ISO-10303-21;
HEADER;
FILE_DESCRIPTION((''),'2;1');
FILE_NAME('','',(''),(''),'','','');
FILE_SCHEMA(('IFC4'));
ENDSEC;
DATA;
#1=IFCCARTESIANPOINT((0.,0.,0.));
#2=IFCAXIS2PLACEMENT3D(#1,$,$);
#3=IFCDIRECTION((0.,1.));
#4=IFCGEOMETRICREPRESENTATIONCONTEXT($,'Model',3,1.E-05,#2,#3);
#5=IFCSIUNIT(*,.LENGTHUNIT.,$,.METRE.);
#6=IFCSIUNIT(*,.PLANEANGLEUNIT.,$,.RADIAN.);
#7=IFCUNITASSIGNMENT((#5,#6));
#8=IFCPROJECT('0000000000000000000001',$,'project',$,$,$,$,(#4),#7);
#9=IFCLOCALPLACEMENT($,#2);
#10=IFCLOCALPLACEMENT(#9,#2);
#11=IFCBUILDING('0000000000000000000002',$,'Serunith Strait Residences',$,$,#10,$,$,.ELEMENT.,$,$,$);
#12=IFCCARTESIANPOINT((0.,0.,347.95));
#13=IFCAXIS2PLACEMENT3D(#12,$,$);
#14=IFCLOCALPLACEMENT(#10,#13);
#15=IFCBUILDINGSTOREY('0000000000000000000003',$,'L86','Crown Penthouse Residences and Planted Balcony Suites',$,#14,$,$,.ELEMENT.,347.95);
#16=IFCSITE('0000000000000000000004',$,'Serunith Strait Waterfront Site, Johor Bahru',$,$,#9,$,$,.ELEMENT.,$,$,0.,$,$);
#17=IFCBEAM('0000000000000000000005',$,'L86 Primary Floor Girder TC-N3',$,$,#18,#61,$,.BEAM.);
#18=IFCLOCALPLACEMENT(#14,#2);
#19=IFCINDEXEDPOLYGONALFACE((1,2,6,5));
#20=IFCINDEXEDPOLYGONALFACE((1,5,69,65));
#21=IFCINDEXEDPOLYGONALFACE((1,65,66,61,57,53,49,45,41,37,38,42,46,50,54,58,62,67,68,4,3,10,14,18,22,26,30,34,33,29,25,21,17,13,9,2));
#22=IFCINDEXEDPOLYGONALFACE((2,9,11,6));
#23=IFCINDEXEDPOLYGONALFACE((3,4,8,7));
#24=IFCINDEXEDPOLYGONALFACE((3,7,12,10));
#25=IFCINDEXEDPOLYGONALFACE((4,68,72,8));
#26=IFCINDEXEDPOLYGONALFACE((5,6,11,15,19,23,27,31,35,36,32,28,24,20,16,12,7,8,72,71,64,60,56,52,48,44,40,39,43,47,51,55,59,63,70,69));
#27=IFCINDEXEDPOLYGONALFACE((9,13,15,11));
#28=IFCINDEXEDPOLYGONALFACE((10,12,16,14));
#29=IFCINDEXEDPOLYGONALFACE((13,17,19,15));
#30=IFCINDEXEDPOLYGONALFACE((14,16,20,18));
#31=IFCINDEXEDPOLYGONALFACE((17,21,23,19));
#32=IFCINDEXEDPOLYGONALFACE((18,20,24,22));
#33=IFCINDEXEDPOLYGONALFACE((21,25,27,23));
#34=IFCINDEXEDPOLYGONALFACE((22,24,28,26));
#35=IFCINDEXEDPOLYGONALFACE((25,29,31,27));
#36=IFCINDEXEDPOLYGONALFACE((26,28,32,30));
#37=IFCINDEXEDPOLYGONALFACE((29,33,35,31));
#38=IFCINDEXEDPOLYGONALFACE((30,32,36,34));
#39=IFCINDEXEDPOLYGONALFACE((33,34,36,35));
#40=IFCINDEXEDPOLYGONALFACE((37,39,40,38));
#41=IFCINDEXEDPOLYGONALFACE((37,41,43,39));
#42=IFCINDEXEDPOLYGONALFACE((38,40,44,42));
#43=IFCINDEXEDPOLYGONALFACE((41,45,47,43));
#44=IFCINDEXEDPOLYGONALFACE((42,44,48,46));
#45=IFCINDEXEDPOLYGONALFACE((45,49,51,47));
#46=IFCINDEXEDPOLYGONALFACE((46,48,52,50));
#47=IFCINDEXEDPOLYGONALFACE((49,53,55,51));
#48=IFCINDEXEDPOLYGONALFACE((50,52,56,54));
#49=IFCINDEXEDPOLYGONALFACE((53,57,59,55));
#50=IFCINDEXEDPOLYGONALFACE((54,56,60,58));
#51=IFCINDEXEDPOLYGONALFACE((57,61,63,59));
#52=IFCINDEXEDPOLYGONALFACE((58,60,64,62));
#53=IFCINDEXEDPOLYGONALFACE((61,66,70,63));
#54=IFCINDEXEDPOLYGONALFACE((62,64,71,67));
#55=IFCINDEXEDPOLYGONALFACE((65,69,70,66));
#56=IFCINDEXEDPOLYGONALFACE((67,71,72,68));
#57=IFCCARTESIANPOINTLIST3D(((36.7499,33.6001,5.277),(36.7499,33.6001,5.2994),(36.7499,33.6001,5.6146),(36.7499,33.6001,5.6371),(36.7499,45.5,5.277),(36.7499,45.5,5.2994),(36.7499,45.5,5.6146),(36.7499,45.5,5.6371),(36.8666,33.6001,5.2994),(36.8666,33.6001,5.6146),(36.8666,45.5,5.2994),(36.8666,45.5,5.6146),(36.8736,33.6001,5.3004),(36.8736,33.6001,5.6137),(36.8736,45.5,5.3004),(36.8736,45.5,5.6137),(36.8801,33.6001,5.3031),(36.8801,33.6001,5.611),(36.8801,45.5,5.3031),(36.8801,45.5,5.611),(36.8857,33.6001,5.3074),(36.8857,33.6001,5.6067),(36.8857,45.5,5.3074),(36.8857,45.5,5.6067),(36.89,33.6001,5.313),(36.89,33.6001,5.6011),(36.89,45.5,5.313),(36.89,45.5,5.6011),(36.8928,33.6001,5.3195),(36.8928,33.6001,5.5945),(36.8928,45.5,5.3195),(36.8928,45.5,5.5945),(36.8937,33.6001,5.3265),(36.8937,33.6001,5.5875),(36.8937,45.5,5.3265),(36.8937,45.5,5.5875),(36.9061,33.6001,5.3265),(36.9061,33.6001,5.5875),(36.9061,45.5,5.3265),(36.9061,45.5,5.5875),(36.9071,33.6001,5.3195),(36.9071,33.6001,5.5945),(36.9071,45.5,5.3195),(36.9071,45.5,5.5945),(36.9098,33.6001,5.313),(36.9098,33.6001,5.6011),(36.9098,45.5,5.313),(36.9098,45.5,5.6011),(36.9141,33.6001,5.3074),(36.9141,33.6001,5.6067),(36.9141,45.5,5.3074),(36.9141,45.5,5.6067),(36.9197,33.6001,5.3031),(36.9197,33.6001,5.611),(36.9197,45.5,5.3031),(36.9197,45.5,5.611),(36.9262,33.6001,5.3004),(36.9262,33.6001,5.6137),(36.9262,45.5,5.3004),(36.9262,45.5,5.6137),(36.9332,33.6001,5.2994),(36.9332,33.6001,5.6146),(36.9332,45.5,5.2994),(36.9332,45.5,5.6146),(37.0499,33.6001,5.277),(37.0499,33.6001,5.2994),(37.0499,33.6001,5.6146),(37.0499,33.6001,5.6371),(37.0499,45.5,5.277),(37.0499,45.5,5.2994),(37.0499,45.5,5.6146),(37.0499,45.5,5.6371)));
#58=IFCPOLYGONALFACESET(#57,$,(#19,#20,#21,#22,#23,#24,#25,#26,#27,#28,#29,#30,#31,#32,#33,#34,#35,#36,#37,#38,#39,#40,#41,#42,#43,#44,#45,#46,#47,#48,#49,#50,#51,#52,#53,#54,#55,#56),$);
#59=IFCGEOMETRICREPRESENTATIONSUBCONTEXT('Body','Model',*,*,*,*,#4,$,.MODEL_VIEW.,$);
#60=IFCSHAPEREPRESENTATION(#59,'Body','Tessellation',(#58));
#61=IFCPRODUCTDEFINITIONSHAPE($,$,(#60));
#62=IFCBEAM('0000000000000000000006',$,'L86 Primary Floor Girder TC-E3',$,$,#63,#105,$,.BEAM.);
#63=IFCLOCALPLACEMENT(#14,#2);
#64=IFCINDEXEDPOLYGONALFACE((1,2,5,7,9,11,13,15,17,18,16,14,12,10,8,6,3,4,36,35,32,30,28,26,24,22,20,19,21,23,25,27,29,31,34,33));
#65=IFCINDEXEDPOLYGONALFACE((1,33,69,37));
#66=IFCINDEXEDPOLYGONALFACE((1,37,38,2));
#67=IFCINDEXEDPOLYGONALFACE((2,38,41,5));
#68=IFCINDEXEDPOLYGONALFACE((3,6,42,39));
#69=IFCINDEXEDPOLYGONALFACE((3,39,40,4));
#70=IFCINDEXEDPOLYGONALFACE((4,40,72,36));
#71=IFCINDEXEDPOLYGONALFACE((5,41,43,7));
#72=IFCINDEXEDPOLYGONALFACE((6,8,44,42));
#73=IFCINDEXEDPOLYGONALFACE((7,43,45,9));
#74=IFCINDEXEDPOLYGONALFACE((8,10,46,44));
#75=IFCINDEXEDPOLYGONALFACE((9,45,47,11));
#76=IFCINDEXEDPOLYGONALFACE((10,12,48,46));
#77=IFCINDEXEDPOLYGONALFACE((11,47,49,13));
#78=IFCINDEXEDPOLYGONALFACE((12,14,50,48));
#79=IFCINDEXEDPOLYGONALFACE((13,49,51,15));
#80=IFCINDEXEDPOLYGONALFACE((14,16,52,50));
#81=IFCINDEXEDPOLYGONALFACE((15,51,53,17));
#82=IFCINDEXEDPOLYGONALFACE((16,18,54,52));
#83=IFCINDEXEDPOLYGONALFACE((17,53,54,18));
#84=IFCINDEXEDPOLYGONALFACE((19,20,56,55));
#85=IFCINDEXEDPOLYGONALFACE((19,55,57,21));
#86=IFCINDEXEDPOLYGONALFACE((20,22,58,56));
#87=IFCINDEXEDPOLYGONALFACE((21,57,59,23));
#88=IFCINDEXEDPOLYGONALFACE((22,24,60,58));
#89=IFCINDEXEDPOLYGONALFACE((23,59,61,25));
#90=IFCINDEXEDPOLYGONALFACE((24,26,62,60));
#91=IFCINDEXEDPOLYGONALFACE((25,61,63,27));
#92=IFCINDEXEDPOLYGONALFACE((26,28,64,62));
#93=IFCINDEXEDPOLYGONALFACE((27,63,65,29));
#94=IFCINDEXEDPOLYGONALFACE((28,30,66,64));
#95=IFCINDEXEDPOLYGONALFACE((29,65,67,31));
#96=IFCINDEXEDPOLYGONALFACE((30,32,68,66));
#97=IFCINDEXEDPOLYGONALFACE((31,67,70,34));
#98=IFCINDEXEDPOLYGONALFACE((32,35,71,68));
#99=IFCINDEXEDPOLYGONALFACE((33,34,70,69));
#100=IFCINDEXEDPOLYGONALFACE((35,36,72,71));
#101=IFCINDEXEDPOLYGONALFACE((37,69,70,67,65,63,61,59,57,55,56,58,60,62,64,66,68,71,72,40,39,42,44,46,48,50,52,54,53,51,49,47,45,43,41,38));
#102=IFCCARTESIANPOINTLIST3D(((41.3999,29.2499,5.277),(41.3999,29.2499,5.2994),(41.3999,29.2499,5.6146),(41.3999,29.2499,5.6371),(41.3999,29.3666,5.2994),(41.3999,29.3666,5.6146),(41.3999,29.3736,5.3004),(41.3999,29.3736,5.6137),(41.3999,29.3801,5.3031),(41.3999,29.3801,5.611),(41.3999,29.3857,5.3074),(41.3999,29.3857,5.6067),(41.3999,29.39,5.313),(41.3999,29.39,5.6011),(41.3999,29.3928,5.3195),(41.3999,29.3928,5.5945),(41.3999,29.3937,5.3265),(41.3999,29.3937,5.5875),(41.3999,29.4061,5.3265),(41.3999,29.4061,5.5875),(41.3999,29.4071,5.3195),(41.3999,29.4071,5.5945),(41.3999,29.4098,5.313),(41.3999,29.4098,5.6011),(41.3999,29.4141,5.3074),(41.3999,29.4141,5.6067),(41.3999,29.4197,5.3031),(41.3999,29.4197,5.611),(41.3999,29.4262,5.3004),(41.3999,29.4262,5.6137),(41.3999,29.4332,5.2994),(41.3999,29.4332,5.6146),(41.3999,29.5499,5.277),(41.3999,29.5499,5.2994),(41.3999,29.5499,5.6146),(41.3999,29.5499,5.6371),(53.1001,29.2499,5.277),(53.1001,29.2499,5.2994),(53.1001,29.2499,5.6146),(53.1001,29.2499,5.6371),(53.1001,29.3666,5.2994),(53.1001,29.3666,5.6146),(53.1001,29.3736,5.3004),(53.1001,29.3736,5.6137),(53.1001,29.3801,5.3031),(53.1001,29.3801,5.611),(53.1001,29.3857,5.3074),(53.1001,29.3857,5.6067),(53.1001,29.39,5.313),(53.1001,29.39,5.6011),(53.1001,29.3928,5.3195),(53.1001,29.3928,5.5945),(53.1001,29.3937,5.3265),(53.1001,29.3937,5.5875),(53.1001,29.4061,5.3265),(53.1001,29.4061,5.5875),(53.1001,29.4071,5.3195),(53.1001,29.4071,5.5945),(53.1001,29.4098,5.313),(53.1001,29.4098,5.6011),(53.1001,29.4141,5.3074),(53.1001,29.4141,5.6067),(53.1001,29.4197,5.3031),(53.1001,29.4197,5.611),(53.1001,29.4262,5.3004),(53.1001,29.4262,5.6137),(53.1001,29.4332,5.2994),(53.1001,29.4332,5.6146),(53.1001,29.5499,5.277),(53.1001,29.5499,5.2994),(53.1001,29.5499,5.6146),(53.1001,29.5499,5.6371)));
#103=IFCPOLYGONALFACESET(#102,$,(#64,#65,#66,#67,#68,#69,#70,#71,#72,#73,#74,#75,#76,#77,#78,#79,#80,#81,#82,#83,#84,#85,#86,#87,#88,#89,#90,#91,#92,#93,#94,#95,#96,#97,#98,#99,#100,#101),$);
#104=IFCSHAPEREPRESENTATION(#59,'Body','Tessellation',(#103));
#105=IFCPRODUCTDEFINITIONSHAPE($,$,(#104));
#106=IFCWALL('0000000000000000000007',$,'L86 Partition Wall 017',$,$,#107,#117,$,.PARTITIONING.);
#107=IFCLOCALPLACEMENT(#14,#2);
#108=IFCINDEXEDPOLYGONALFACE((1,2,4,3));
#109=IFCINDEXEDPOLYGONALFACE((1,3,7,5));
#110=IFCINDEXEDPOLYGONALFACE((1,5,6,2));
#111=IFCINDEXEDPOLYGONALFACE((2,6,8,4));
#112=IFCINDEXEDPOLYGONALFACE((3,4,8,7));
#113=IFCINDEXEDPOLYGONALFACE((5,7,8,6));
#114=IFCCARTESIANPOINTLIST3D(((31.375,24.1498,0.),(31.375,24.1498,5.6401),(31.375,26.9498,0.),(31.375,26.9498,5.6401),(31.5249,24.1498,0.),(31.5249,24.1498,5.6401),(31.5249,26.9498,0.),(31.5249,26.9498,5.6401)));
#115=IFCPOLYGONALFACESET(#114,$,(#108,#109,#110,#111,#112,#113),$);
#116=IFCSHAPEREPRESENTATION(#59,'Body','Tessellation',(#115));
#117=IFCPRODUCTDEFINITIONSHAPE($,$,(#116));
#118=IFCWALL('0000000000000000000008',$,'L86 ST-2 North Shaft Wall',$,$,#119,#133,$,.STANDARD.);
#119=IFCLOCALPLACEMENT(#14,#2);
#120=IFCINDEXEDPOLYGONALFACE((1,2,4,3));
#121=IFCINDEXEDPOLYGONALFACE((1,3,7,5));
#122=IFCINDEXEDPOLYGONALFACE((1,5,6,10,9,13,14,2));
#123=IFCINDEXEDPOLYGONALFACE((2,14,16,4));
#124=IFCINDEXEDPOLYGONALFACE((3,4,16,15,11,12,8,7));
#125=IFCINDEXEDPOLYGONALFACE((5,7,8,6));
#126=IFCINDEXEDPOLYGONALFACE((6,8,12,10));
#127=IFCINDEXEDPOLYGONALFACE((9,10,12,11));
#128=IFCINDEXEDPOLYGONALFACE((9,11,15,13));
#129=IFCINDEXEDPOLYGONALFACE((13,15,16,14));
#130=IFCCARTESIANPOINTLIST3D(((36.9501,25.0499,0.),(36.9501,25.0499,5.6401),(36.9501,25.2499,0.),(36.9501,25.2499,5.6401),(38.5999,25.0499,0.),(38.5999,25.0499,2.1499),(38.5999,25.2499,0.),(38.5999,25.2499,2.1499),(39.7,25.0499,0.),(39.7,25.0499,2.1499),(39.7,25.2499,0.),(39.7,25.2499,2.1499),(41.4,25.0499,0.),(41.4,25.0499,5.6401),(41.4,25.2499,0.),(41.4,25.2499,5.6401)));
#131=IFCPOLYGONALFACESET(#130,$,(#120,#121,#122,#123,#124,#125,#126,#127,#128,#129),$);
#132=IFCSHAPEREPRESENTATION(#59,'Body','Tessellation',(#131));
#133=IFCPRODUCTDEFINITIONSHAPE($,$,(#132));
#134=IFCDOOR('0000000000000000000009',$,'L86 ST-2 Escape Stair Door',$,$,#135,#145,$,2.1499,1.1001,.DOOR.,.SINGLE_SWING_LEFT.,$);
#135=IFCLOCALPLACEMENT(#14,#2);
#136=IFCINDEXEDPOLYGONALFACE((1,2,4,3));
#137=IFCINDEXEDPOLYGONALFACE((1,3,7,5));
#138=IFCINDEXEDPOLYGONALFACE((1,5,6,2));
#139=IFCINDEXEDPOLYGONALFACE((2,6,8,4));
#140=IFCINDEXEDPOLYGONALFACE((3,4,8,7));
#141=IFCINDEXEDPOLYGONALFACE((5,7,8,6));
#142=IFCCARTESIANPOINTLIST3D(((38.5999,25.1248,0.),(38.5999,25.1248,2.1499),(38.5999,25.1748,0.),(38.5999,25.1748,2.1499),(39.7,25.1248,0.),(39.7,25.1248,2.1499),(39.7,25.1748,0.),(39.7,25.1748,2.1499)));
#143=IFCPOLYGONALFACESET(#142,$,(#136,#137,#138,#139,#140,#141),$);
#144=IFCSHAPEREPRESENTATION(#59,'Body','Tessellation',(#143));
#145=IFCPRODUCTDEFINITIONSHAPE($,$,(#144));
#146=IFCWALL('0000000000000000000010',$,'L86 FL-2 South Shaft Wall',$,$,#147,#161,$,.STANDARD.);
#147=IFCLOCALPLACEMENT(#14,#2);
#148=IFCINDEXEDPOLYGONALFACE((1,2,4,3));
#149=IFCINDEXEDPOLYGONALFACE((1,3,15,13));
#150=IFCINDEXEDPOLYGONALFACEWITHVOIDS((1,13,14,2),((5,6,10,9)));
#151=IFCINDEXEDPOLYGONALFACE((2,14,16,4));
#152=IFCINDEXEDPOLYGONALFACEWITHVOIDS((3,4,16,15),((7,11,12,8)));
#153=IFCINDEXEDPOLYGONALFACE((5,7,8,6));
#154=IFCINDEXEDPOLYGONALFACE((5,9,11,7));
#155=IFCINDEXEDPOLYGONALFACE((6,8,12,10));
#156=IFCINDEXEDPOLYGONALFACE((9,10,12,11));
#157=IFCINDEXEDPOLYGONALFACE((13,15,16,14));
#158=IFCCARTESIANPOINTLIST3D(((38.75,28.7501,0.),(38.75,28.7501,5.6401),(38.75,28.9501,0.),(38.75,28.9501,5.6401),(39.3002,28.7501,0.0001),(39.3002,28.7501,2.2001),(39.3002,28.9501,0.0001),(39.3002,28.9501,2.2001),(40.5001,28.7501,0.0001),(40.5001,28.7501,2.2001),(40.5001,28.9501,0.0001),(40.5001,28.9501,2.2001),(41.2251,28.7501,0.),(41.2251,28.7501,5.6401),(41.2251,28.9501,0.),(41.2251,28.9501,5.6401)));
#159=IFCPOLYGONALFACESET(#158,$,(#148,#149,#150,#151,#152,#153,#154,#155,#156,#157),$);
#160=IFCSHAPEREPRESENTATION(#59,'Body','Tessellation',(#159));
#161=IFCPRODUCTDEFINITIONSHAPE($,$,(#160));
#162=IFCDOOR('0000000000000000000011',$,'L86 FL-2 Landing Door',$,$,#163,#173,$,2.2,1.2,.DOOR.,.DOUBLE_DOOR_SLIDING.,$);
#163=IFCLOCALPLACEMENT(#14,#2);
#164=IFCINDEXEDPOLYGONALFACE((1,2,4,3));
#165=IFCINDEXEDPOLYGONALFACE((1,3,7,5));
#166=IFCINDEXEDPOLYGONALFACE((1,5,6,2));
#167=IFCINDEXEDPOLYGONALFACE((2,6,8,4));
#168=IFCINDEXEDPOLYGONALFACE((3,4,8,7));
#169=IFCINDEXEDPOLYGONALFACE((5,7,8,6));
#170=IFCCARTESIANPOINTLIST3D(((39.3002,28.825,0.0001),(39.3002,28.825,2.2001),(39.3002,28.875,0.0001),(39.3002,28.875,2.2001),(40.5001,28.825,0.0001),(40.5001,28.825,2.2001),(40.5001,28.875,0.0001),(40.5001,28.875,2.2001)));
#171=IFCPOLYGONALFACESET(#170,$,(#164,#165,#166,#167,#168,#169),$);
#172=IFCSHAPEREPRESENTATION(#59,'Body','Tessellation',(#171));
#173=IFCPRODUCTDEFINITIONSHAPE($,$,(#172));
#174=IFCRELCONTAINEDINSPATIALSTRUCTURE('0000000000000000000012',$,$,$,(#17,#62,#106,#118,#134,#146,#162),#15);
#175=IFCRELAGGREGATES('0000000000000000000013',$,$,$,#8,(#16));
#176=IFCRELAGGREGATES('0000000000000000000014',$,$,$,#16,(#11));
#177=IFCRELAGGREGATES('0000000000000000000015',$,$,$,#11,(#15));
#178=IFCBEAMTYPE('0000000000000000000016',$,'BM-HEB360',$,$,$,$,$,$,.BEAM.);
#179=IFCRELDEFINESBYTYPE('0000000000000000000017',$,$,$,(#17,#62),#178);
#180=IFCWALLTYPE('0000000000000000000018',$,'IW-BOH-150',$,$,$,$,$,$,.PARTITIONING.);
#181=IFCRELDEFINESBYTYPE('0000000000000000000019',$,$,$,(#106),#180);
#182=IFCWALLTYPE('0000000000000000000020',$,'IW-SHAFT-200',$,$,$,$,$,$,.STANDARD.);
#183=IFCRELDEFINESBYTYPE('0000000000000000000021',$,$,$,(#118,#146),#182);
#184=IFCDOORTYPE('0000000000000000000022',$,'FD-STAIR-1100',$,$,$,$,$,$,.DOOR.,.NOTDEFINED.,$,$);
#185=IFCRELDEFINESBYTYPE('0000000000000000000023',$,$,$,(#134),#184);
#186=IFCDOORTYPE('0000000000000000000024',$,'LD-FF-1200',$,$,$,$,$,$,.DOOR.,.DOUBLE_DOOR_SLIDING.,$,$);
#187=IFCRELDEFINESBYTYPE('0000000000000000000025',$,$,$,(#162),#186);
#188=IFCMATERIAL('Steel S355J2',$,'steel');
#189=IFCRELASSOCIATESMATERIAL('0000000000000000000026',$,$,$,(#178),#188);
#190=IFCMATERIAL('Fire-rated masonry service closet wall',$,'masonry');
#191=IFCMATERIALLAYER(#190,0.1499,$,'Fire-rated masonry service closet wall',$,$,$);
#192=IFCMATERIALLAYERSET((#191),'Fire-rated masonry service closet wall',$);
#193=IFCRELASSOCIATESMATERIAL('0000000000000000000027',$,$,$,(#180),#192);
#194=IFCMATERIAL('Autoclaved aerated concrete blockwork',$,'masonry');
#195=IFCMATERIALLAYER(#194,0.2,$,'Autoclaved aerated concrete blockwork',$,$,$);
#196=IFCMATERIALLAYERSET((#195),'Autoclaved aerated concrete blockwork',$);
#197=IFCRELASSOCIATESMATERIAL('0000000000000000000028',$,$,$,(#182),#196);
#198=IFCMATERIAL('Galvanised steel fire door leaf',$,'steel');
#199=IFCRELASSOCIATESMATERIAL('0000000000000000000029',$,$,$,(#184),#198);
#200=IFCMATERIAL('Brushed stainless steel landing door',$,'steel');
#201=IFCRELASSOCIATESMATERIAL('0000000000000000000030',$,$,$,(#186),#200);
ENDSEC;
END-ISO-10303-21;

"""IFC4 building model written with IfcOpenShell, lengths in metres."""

from ifc_helpers import new_model, si_unit, direction, frame, frame_2d, origin, origin_2d, place, context, subcontext, project, spatial, rectangle, i_section, extrude, source, transform, mapped, material, layer, layer_set, material_profile, profile_set, type_object, element, fill, save


model = new_model("IFC4")

# Units and contexts
model_context = context("Model", 3, precision=1e-05, world=origin(), true_north=direction((0.0, 1.0)))
body_context = subcontext(model_context, "Body", "Model", "MODEL_VIEW")
ifc_project = project(units=[si_unit("LENGTHUNIT", "METRE"), si_unit("PLANEANGLEUNIT", "RADIAN")], contexts=[model_context])

# Site, building, storey
site_placement = place(None, origin())
site = spatial("IfcSite", under=ifc_project, at=site_placement, Name="Serunith Strait Waterfront Site, Johor Bahru", CompositionType="ELEMENT", RefElevation=0.0)
building_placement = place(site_placement, origin())
building = spatial("IfcBuilding", under=site, at=building_placement, Name="Serunith Strait Residences", CompositionType="ELEMENT")
storey_placement = place(building_placement, frame((0.0, 0.0, 347.95)))
storey = spatial("IfcBuildingStorey", under=building, at=storey_placement, Name="L86", Description="Crown Penthouse Residences and Planted Balcony Suites", CompositionType="ELEMENT", Elevation=347.95)

# Beams
ifc_material_1 = material(Name="Steel S355J2", Category="steel")
ifc_material_profile = material_profile(ifc_material_1, i_section(OverallWidth=0.3, OverallDepth=0.3601, WebThickness=0.0125, FlangeThickness=0.0225, FilletRadius=0.0271, at=origin_2d()), Name="HEB 360")
ifc_profile_set = profile_set([ifc_material_profile], Name="Steel S355J2")
beam_type = type_object("IfcBeamType", Name="BM-HEB360", PredefinedType="BEAM", material=ifc_profile_set)
shared_shape_1 = source(origin(), body_context, "Body", "SweptSolid", [
    extrude(i_section(OverallWidth=0.3, OverallDepth=0.3601, WebThickness=0.0125, FlangeThickness=0.0225, FilletRadius=0.0271, at=origin_2d()), origin(), (0.0, 0.0, 1.0), 11.8999),
])
beam_1_placement = place(storey_placement, frame((36.8999, 33.6001, 5.457), z_axis=(0.0, 1.0, 0.0), x_axis=(-1.0, 0.0, 0.0)))
element("IfcBeam", 1, at=beam_1_placement, inside=storey, type_object=beam_type, Name="L86 Primary Floor Girder TC-N3", PredefinedType="BEAM", context=body_context, shape_type="MappedRepresentation", body=[
    mapped(shared_shape_1, transform((0.0, 0.0, 0.0), scale=1.0)),
])
shared_shape_2 = source(origin(), body_context, "Body", "SweptSolid", [
    extrude(i_section(OverallWidth=0.3, OverallDepth=0.3601, WebThickness=0.0125, FlangeThickness=0.0225, FilletRadius=0.0271, at=origin_2d()), origin(), (0.0, 0.0, 1.0), 11.7002),
])
beam_2_placement = place(storey_placement, frame((41.3999, 29.3999, 5.457), z_axis=(1.0, 0.0, 0.0), x_axis=(0.0, 1.0, 0.0)))
element("IfcBeam", 2, at=beam_2_placement, inside=storey, type_object=beam_type, Name="L86 Primary Floor Girder TC-E3", PredefinedType="BEAM", context=body_context, shape_type="MappedRepresentation", body=[
    mapped(shared_shape_2, transform((0.0, 0.0, 0.0), scale=1.0)),
])

# Wall
ifc_material_2 = material(Name="Fire-rated masonry service closet wall", Category="masonry")
ifc_layer_1 = layer(ifc_material_2, 0.1499, Name="Fire-rated masonry service closet wall")
ifc_layer_set_1 = layer_set([ifc_layer_1], Name="Fire-rated masonry service closet wall")
wall_type_1 = type_object("IfcWallType", Name="IW-BOH-150", PredefinedType="PARTITIONING", material=ifc_layer_set_1)
wall_1_placement = place(storey_placement, frame((31.45, 24.1499, 0.0), z_axis=(0.0, 0.0, 1.0), x_axis=(0.0, 1.0, 0.0)))
element("IfcWall", 3, at=wall_1_placement, inside=storey, type_object=wall_type_1, Name="L86 Partition Wall 017", PredefinedType="PARTITIONING", context=body_context, shape_type="SweptSolid", body=[
    extrude(rectangle(XDim=2.8, YDim=0.1499, at=frame_2d((1.3999, 0.0))), origin(), (0.0, 0.0, 1.0), 5.6401),
])

# Walls, openings, doors
ifc_material_3 = material(Name="Autoclaved aerated concrete blockwork", Category="masonry")
ifc_layer_2 = layer(ifc_material_3, 0.2, Name="Autoclaved aerated concrete blockwork")
ifc_layer_set_2 = layer_set([ifc_layer_2], Name="Autoclaved aerated concrete blockwork")
wall_type_2 = type_object("IfcWallType", Name="IW-SHAFT-200", PredefinedType="STANDARD", material=ifc_layer_set_2)
wall_2_placement = place(storey_placement, frame((36.95, 25.1499, 0.0), z_axis=(0.0, 0.0, 1.0), x_axis=(1.0, 0.0, 0.0)))
wall_2 = element("IfcWall", 4, at=wall_2_placement, inside=storey, type_object=wall_type_2, Name="L86 ST-2 North Shaft Wall", PredefinedType="STANDARD", context=body_context, shape_type="SweptSolid", body=[
    extrude(rectangle(XDim=4.45, YDim=0.2, at=frame_2d((2.2251, 0.0))), origin(), (0.0, 0.0, 1.0), 5.6401),
])
opening_1_placement = place(wall_2_placement, frame((1.6499, 0.0, 0.0)))
opening_1 = element("IfcOpeningElement", 5, at=opening_1_placement, cuts=wall_2, PredefinedType="OPENING", context=body_context, shape_type="SweptSolid", body=[
    extrude(rectangle(XDim=1.1001, YDim=2.1499, at=frame_2d((0.55, 1.075))), frame((0.0, 0.1099, 0.0), z_axis=(0.0, -1.0, 0.0), x_axis=(1.0, 0.0, 0.0)), (0.0, 0.0, 1.0), 0.22),
])
ifc_material_4 = material(Name="Galvanised steel fire door leaf", Category="steel")
door_type_1 = type_object("IfcDoorType", Name="FD-STAIR-1100", OperationType="NOTDEFINED", PredefinedType="DOOR", material=ifc_material_4)
shared_shape_3 = source(origin(), body_context, "Body", "SweptSolid", [
    extrude(rectangle(XDim=1.1001, YDim=2.1499, at=frame_2d((0.55, 1.075))), frame((0.0, 0.0249, 0.0), z_axis=(0.0, -1.0, 0.0), x_axis=(1.0, 0.0, 0.0)), (0.0, 0.0, 1.0), 0.05),
])
door_1_placement = place(opening_1_placement, origin())
door_1 = element("IfcDoor", 6, at=door_1_placement, inside=storey, type_object=door_type_1, Name="L86 ST-2 Escape Stair Door", OperationType="SINGLE_SWING_LEFT", OverallHeight=2.1499, OverallWidth=1.1001, PredefinedType="DOOR", context=body_context, shape_type="MappedRepresentation", body=[
    mapped(shared_shape_3, transform((0.0, 0.0, 0.0), scale=1.0)),
])
fill(opening_1, door_1)
wall_3_placement = place(storey_placement, frame((38.75, 28.8501, 0.0), z_axis=(0.0, 0.0, 1.0), x_axis=(1.0, 0.0, 0.0)))
wall_3 = element("IfcWall", 7, at=wall_3_placement, inside=storey, type_object=wall_type_2, Name="L86 FL-2 South Shaft Wall", PredefinedType="STANDARD", context=body_context, shape_type="SweptSolid", body=[
    extrude(rectangle(XDim=2.4751, YDim=0.2, at=frame_2d((1.2375, 0.0))), origin(), (0.0, 0.0, 1.0), 5.6401),
])
opening_2_placement = place(wall_3_placement, frame((0.55, 0.0, 0.0)))
opening_2 = element("IfcOpeningElement", 8, at=opening_2_placement, cuts=wall_3, PredefinedType="OPENING", context=body_context, shape_type="SweptSolid", body=[
    extrude(rectangle(XDim=1.2, YDim=2.2, at=frame_2d((0.6001, 1.1001))), frame((0.0, 0.1099, 0.0), z_axis=(0.0, -1.0, 0.0), x_axis=(1.0, 0.0, 0.0)), (0.0, 0.0, 1.0), 0.22),
])
ifc_material_5 = material(Name="Brushed stainless steel landing door", Category="steel")
door_type_2 = type_object("IfcDoorType", Name="LD-FF-1200", OperationType="DOUBLE_DOOR_SLIDING", PredefinedType="DOOR", material=ifc_material_5)
shared_shape_4 = source(origin(), body_context, "Body", "SweptSolid", [
    extrude(rectangle(XDim=1.2, YDim=2.2, at=frame_2d((0.6001, 1.1001))), frame((0.0, 0.0249, 0.0), z_axis=(0.0, -1.0, 0.0), x_axis=(1.0, 0.0, 0.0)), (0.0, 0.0, 1.0), 0.05),
])
door_2_placement = place(opening_2_placement, origin())
door_2 = element("IfcDoor", 9, at=door_2_placement, inside=storey, type_object=door_type_2, Name="L86 FL-2 Landing Door", OperationType="DOUBLE_DOOR_SLIDING", OverallHeight=2.2, OverallWidth=1.2, PredefinedType="DOOR", context=body_context, shape_type="MappedRepresentation", body=[
    mapped(shared_shape_4, transform((0.0, 0.0, 0.0), scale=1.0)),
])
fill(opening_2, door_2)

save(model, "model.ifc")
